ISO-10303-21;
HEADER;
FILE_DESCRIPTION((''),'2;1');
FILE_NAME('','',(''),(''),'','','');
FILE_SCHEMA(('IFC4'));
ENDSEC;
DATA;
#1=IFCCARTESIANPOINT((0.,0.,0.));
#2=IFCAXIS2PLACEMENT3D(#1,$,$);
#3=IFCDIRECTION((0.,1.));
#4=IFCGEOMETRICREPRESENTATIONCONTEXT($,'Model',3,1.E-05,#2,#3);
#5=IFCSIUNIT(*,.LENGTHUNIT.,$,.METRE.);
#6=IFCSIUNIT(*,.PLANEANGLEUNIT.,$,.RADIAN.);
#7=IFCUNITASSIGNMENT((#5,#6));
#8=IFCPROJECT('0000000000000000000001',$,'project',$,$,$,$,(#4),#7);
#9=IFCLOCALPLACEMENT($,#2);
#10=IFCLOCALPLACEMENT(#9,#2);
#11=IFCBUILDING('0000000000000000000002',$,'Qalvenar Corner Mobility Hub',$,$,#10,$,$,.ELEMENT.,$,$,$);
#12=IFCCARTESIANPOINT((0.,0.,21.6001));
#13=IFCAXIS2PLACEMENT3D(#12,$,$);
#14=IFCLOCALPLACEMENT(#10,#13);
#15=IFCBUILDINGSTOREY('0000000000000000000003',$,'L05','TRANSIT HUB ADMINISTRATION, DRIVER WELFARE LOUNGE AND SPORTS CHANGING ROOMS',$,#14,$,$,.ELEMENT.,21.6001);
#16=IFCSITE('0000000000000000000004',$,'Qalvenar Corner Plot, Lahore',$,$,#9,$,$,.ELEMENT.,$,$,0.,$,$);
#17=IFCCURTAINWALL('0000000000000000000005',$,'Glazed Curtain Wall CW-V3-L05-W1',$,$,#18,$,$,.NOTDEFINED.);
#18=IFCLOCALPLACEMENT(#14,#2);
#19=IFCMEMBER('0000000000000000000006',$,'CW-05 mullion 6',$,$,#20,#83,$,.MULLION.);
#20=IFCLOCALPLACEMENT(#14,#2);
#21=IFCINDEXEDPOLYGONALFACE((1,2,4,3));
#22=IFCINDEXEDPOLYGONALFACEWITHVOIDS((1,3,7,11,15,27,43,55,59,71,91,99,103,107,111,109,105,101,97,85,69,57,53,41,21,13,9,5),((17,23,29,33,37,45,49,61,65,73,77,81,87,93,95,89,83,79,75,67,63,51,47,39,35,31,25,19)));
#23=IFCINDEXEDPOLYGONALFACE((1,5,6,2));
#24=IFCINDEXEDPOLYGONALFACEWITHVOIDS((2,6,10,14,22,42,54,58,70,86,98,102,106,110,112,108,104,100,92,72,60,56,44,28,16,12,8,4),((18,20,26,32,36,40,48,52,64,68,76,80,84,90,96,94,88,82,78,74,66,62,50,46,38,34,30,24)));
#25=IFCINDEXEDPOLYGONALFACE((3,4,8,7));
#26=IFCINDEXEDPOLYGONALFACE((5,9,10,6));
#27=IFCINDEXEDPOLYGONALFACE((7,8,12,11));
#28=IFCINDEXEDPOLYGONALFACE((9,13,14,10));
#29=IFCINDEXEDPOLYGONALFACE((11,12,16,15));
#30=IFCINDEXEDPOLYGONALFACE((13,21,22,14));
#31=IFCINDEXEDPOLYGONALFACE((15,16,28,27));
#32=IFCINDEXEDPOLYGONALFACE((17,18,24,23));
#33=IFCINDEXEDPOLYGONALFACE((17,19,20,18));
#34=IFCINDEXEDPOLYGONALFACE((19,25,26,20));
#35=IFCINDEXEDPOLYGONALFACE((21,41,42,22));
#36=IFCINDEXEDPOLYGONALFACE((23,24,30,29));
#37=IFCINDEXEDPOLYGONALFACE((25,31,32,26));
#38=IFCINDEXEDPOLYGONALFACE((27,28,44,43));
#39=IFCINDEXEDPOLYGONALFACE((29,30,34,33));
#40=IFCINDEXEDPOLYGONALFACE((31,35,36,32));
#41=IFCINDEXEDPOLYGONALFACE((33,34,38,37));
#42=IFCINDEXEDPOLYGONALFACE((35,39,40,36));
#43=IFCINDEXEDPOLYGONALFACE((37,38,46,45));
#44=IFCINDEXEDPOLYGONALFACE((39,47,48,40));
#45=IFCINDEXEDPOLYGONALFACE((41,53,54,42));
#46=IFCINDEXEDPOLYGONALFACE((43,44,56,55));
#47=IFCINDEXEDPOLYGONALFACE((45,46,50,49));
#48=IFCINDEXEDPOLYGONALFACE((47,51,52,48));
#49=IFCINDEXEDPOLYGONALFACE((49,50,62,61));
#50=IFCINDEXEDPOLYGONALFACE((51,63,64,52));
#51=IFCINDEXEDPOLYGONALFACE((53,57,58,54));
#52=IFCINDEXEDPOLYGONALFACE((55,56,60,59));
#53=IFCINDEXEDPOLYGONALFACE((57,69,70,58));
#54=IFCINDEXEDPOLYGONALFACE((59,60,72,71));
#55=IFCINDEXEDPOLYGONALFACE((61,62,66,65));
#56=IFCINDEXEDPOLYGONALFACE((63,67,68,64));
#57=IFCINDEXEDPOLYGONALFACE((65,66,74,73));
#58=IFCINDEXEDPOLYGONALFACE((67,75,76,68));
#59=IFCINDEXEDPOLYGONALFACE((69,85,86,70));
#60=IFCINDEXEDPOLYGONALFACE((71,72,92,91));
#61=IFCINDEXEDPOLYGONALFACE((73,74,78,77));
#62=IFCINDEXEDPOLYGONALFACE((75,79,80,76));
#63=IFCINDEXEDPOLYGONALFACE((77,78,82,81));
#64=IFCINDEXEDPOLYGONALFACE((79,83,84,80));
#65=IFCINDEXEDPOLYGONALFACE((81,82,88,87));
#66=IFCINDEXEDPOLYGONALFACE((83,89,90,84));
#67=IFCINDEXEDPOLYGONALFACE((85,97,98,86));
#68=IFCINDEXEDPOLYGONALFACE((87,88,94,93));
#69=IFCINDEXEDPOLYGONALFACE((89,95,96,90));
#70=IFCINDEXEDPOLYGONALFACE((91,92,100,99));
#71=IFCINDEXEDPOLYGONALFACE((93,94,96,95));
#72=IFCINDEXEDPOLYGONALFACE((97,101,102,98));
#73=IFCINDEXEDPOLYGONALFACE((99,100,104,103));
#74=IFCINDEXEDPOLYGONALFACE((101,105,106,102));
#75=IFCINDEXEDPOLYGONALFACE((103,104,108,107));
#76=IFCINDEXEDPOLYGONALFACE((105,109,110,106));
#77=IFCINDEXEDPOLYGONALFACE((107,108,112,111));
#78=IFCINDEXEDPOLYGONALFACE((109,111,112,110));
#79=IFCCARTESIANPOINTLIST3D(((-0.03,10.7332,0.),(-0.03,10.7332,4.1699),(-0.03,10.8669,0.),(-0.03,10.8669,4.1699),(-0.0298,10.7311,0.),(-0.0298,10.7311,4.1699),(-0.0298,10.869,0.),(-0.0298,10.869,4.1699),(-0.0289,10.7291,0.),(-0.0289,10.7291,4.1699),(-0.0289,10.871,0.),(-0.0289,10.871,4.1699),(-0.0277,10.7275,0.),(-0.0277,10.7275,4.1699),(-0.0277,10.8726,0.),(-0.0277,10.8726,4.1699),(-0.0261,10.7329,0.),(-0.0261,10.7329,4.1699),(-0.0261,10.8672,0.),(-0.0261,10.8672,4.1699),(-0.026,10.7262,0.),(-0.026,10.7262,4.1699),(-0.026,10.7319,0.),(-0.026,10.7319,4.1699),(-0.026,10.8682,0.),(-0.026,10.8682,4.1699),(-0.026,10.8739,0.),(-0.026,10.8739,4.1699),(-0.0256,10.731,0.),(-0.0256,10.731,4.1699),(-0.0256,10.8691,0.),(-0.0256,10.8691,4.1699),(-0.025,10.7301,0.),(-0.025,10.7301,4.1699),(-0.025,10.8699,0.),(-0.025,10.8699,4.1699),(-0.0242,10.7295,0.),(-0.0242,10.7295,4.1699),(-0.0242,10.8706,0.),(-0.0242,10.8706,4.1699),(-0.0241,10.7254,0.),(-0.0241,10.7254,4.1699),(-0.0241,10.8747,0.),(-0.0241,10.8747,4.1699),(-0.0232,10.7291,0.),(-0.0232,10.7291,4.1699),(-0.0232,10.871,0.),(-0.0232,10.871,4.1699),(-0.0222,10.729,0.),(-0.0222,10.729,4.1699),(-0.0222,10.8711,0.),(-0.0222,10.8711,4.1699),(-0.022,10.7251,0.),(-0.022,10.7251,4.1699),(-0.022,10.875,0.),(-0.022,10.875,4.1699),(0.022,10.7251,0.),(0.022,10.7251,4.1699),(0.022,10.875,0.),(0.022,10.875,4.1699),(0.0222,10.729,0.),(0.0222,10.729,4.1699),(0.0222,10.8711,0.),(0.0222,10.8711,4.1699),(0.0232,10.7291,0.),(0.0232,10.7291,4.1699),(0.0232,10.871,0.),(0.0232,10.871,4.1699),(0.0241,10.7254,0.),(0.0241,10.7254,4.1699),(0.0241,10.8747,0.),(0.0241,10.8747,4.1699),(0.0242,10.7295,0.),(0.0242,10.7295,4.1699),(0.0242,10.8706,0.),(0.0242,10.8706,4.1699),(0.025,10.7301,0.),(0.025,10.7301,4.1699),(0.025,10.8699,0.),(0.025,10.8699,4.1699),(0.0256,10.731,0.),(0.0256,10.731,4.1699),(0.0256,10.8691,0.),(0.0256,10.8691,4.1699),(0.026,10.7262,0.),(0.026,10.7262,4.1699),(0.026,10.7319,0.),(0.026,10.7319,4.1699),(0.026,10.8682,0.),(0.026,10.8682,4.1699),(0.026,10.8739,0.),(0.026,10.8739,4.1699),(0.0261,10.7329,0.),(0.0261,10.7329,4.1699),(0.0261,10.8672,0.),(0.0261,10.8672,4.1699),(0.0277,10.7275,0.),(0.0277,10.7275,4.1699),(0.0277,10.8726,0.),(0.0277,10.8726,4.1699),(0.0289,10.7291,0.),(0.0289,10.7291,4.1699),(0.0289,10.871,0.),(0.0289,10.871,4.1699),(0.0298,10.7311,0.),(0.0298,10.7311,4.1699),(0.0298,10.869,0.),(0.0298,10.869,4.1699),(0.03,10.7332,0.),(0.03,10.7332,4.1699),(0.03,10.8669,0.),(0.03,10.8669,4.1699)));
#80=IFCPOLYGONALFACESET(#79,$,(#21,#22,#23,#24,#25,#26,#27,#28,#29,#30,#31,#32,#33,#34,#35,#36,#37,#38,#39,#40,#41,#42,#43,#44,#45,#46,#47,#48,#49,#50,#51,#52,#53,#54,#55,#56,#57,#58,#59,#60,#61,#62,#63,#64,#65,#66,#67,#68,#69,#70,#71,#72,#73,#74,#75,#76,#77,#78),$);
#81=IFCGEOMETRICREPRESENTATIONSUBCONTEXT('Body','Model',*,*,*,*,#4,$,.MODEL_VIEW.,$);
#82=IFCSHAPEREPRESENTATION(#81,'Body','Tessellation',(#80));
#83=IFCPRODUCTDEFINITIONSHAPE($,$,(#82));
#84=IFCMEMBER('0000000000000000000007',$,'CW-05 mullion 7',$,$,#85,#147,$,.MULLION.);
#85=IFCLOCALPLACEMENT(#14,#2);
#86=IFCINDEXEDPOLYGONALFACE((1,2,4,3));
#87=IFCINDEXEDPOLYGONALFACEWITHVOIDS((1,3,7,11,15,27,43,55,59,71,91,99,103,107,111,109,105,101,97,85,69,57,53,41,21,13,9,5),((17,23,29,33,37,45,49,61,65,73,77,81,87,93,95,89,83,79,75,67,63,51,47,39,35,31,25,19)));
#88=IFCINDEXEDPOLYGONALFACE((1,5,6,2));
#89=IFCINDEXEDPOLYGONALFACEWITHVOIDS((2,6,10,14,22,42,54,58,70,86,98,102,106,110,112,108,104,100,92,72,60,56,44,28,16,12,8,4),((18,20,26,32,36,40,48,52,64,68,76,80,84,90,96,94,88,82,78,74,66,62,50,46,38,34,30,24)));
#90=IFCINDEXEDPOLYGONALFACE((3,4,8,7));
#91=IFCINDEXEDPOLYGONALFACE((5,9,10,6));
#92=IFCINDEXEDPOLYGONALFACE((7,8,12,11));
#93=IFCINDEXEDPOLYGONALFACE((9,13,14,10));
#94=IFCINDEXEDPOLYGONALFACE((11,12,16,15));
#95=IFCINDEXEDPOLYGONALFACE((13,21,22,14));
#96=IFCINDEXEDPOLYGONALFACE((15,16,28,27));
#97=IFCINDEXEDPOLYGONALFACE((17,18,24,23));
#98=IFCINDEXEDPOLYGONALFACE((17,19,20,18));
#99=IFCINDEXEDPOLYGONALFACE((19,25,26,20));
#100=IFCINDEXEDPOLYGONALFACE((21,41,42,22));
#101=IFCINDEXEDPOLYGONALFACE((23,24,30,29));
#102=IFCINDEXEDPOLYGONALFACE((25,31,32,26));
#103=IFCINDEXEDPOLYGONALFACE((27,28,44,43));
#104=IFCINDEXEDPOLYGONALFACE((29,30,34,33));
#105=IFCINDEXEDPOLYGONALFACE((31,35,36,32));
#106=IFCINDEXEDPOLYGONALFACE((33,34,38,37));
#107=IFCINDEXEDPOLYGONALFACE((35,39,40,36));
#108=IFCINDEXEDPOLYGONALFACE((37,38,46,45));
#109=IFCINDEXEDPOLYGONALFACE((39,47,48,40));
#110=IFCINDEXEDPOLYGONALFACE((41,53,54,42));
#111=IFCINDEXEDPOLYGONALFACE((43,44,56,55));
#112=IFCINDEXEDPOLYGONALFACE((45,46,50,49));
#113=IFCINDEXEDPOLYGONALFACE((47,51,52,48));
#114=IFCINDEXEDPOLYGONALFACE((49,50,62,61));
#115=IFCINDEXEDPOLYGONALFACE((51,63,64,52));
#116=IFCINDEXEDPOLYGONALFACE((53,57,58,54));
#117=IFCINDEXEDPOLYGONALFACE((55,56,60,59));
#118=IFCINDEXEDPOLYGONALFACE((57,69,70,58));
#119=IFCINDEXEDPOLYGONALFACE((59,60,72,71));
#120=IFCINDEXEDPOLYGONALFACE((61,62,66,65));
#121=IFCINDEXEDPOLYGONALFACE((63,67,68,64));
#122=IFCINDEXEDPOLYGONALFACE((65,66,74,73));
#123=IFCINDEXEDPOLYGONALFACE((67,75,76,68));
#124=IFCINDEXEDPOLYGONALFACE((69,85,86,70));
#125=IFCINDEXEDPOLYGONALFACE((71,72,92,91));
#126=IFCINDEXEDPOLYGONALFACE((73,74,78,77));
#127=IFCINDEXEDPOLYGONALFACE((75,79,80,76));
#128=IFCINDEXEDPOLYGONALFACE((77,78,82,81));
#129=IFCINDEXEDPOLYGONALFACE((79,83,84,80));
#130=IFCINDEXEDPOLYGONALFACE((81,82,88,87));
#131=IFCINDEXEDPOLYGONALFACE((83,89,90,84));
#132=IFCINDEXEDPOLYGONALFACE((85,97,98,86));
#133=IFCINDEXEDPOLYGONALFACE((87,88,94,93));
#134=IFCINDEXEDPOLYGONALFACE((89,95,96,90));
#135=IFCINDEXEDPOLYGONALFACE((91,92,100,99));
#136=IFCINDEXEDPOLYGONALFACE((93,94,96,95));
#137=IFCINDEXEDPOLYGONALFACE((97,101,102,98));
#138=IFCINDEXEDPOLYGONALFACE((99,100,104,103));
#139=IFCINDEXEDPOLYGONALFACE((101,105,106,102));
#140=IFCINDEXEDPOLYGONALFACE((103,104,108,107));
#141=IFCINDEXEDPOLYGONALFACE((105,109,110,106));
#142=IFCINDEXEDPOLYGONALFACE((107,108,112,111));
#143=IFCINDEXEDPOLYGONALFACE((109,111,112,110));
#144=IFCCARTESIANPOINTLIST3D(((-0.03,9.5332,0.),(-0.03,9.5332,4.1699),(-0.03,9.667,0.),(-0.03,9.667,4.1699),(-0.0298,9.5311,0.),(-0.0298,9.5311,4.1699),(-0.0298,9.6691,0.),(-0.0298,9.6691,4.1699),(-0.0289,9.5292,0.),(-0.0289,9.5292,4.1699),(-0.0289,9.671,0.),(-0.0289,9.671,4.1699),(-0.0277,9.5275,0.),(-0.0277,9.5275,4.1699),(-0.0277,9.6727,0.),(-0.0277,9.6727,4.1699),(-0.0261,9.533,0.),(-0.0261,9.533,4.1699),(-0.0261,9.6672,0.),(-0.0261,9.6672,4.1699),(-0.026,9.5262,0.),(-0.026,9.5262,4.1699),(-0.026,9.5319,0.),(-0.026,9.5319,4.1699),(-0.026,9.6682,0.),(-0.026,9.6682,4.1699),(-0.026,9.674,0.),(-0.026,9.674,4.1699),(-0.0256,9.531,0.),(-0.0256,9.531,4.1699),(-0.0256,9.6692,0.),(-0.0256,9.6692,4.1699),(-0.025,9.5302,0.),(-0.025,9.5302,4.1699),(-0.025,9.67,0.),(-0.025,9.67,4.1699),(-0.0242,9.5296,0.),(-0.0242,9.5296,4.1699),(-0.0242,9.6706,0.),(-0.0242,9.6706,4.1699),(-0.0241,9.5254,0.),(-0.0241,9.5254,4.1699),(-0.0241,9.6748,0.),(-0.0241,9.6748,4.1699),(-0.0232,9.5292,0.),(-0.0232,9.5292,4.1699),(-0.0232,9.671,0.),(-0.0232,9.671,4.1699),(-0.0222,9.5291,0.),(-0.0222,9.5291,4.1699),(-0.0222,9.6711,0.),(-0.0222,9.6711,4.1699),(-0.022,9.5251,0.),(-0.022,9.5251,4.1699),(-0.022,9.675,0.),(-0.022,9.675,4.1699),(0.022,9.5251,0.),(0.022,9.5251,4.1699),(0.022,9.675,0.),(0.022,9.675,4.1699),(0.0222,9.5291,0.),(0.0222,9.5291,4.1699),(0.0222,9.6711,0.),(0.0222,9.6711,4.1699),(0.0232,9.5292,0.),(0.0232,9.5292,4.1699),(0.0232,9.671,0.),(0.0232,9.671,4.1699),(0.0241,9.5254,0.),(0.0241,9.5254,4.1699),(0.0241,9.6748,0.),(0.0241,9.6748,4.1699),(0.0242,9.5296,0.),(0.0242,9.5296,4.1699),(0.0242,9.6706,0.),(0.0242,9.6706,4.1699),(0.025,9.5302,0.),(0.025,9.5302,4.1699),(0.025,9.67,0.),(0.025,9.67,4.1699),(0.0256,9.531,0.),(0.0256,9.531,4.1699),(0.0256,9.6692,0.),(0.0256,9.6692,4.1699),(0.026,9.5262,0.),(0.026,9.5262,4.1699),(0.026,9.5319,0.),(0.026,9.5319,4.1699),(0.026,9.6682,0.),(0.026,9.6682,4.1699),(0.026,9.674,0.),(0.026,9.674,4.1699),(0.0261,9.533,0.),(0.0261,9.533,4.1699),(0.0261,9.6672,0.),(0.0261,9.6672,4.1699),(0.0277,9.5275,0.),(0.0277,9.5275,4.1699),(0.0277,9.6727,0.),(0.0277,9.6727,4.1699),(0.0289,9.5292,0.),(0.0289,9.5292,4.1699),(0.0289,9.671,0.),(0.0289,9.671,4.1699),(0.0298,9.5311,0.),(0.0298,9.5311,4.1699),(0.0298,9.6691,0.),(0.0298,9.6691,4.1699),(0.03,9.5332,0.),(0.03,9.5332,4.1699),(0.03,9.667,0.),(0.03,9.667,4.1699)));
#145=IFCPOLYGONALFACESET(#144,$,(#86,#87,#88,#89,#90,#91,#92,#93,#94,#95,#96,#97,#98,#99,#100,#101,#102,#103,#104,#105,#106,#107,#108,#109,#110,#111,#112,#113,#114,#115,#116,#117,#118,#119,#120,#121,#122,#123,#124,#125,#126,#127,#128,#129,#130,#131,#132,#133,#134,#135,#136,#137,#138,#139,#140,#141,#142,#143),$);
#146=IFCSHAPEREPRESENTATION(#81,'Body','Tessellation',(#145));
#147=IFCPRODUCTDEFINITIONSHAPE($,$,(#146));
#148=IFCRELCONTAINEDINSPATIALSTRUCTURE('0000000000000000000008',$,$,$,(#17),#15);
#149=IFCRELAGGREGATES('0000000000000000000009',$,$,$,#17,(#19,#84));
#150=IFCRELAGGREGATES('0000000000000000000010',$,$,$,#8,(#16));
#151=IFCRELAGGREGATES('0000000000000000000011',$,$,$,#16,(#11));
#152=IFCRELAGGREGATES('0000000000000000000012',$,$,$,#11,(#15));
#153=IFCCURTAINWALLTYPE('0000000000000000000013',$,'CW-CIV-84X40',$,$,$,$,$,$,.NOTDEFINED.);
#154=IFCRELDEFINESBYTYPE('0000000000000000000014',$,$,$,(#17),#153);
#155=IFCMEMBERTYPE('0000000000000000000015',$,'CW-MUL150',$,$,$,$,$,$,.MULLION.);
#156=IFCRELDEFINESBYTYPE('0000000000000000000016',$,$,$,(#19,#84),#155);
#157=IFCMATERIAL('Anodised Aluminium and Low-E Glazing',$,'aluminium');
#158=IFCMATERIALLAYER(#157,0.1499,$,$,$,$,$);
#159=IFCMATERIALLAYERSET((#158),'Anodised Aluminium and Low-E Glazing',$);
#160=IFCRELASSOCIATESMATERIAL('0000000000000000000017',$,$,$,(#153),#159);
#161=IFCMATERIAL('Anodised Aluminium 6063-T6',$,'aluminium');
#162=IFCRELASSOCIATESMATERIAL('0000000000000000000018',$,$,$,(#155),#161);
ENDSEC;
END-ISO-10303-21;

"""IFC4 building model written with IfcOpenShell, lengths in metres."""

from ifc_helpers import new_model, si_unit, direction, frame, origin, origin_2d, place, context, subcontext, project, spatial, hollow_rectangle, extrude, material, layer, layer_set, material_profile, profile_set, type_object, element, aggregate, save


model = new_model("IFC4")

# Units and contexts
model_context = context("Model", 3, precision=1e-05, world=origin(), true_north=direction((0.0, 1.0)))
body_context = subcontext(model_context, "Body", "Model", "MODEL_VIEW")
ifc_project = project(units=[si_unit("LENGTHUNIT", "METRE"), si_unit("PLANEANGLEUNIT", "RADIAN")], contexts=[model_context])

# Site, building, storey
site_placement = place(None, origin())
site = spatial("IfcSite", under=ifc_project, at=site_placement, Name="Qalvenar Corner Plot, Lahore", CompositionType="ELEMENT", RefElevation=0.0)
building_placement = place(site_placement, origin())
building = spatial("IfcBuilding", under=site, at=building_placement, Name="Qalvenar Corner Mobility Hub", CompositionType="ELEMENT")
storey_placement = place(building_placement, frame((0.0, 0.0, 21.6001)))
storey = spatial("IfcBuildingStorey", under=building, at=storey_placement, Name="L05", Description="TRANSIT HUB ADMINISTRATION, DRIVER WELFARE LOUNGE AND SPORTS CHANGING ROOMS", CompositionType="ELEMENT", Elevation=21.6001)

# Curtain wall, members
ifc_material_1 = material(Name="Anodised Aluminium and Low-E Glazing", Category="aluminium")
ifc_layer_1 = layer(ifc_material_1, 0.1499)
ifc_layer_set_1 = layer_set([ifc_layer_1], Name="Anodised Aluminium and Low-E Glazing")
curtain_wall_type = type_object("IfcCurtainWallType", Name="CW-CIV-84X40", PredefinedType="NOTDEFINED", material=ifc_layer_set_1)
curtain_wall_placement = place(storey_placement, origin())
curtain_wall = element("IfcCurtainWall", 1, at=curtain_wall_placement, inside=storey, type_object=curtain_wall_type, Name="Glazed Curtain Wall CW-V3-L05-W1", PredefinedType="NOTDEFINED")
ifc_material_2 = material(Name="Anodised Aluminium 6063-T6", Category="aluminium")
ifc_material_profile_1 = material_profile(ifc_material_2, hollow_rectangle(XDim=0.0601, YDim=0.1499, WallThickness=0.0039, InnerFilletRadius=0.0039, OuterFilletRadius=0.0081, at=origin_2d()), Name="RHS150x60x4")
ifc_profile_set_1 = profile_set([ifc_material_profile_1], Name="Anodised Aluminium 6063-T6")
member_type_1 = type_object("IfcMemberType", Name="CW-MUL150", PredefinedType="MULLION", material=ifc_profile_set_1)
member_1_placement = place(storey_placement, frame((0.0, 10.8, 0.0), z_axis=(0.0, 0.0, 1.0), x_axis=(1.0, 0.0, 0.0)))
member_1 = element("IfcMember", 2, at=member_1_placement, type_object=member_type_1, Name="CW-05 mullion 6", PredefinedType="MULLION", context=body_context, shape_type="SweptSolid", body=[
    extrude(hollow_rectangle(XDim=0.0601, YDim=0.1499, WallThickness=0.0039, InnerFilletRadius=0.0039, OuterFilletRadius=0.0081, at=origin_2d()), origin(), (0.0, 0.0, 1.0), 4.1699),
])
member_2_placement = place(storey_placement, frame((0.0, 9.6001, 0.0), z_axis=(0.0, 0.0, 1.0), x_axis=(1.0, 0.0, 0.0)))
member_2 = element("IfcMember", 3, at=member_2_placement, type_object=member_type_1, Name="CW-05 mullion 7", PredefinedType="MULLION", context=body_context, shape_type="SweptSolid", body=[
    extrude(hollow_rectangle(XDim=0.0601, YDim=0.1499, WallThickness=0.0039, InnerFilletRadius=0.0039, OuterFilletRadius=0.0081, at=origin_2d()), origin(), (0.0, 0.0, 1.0), 4.1699),
])
aggregate(curtain_wall, [member_1, member_2])

save(model, "model.ifc")
